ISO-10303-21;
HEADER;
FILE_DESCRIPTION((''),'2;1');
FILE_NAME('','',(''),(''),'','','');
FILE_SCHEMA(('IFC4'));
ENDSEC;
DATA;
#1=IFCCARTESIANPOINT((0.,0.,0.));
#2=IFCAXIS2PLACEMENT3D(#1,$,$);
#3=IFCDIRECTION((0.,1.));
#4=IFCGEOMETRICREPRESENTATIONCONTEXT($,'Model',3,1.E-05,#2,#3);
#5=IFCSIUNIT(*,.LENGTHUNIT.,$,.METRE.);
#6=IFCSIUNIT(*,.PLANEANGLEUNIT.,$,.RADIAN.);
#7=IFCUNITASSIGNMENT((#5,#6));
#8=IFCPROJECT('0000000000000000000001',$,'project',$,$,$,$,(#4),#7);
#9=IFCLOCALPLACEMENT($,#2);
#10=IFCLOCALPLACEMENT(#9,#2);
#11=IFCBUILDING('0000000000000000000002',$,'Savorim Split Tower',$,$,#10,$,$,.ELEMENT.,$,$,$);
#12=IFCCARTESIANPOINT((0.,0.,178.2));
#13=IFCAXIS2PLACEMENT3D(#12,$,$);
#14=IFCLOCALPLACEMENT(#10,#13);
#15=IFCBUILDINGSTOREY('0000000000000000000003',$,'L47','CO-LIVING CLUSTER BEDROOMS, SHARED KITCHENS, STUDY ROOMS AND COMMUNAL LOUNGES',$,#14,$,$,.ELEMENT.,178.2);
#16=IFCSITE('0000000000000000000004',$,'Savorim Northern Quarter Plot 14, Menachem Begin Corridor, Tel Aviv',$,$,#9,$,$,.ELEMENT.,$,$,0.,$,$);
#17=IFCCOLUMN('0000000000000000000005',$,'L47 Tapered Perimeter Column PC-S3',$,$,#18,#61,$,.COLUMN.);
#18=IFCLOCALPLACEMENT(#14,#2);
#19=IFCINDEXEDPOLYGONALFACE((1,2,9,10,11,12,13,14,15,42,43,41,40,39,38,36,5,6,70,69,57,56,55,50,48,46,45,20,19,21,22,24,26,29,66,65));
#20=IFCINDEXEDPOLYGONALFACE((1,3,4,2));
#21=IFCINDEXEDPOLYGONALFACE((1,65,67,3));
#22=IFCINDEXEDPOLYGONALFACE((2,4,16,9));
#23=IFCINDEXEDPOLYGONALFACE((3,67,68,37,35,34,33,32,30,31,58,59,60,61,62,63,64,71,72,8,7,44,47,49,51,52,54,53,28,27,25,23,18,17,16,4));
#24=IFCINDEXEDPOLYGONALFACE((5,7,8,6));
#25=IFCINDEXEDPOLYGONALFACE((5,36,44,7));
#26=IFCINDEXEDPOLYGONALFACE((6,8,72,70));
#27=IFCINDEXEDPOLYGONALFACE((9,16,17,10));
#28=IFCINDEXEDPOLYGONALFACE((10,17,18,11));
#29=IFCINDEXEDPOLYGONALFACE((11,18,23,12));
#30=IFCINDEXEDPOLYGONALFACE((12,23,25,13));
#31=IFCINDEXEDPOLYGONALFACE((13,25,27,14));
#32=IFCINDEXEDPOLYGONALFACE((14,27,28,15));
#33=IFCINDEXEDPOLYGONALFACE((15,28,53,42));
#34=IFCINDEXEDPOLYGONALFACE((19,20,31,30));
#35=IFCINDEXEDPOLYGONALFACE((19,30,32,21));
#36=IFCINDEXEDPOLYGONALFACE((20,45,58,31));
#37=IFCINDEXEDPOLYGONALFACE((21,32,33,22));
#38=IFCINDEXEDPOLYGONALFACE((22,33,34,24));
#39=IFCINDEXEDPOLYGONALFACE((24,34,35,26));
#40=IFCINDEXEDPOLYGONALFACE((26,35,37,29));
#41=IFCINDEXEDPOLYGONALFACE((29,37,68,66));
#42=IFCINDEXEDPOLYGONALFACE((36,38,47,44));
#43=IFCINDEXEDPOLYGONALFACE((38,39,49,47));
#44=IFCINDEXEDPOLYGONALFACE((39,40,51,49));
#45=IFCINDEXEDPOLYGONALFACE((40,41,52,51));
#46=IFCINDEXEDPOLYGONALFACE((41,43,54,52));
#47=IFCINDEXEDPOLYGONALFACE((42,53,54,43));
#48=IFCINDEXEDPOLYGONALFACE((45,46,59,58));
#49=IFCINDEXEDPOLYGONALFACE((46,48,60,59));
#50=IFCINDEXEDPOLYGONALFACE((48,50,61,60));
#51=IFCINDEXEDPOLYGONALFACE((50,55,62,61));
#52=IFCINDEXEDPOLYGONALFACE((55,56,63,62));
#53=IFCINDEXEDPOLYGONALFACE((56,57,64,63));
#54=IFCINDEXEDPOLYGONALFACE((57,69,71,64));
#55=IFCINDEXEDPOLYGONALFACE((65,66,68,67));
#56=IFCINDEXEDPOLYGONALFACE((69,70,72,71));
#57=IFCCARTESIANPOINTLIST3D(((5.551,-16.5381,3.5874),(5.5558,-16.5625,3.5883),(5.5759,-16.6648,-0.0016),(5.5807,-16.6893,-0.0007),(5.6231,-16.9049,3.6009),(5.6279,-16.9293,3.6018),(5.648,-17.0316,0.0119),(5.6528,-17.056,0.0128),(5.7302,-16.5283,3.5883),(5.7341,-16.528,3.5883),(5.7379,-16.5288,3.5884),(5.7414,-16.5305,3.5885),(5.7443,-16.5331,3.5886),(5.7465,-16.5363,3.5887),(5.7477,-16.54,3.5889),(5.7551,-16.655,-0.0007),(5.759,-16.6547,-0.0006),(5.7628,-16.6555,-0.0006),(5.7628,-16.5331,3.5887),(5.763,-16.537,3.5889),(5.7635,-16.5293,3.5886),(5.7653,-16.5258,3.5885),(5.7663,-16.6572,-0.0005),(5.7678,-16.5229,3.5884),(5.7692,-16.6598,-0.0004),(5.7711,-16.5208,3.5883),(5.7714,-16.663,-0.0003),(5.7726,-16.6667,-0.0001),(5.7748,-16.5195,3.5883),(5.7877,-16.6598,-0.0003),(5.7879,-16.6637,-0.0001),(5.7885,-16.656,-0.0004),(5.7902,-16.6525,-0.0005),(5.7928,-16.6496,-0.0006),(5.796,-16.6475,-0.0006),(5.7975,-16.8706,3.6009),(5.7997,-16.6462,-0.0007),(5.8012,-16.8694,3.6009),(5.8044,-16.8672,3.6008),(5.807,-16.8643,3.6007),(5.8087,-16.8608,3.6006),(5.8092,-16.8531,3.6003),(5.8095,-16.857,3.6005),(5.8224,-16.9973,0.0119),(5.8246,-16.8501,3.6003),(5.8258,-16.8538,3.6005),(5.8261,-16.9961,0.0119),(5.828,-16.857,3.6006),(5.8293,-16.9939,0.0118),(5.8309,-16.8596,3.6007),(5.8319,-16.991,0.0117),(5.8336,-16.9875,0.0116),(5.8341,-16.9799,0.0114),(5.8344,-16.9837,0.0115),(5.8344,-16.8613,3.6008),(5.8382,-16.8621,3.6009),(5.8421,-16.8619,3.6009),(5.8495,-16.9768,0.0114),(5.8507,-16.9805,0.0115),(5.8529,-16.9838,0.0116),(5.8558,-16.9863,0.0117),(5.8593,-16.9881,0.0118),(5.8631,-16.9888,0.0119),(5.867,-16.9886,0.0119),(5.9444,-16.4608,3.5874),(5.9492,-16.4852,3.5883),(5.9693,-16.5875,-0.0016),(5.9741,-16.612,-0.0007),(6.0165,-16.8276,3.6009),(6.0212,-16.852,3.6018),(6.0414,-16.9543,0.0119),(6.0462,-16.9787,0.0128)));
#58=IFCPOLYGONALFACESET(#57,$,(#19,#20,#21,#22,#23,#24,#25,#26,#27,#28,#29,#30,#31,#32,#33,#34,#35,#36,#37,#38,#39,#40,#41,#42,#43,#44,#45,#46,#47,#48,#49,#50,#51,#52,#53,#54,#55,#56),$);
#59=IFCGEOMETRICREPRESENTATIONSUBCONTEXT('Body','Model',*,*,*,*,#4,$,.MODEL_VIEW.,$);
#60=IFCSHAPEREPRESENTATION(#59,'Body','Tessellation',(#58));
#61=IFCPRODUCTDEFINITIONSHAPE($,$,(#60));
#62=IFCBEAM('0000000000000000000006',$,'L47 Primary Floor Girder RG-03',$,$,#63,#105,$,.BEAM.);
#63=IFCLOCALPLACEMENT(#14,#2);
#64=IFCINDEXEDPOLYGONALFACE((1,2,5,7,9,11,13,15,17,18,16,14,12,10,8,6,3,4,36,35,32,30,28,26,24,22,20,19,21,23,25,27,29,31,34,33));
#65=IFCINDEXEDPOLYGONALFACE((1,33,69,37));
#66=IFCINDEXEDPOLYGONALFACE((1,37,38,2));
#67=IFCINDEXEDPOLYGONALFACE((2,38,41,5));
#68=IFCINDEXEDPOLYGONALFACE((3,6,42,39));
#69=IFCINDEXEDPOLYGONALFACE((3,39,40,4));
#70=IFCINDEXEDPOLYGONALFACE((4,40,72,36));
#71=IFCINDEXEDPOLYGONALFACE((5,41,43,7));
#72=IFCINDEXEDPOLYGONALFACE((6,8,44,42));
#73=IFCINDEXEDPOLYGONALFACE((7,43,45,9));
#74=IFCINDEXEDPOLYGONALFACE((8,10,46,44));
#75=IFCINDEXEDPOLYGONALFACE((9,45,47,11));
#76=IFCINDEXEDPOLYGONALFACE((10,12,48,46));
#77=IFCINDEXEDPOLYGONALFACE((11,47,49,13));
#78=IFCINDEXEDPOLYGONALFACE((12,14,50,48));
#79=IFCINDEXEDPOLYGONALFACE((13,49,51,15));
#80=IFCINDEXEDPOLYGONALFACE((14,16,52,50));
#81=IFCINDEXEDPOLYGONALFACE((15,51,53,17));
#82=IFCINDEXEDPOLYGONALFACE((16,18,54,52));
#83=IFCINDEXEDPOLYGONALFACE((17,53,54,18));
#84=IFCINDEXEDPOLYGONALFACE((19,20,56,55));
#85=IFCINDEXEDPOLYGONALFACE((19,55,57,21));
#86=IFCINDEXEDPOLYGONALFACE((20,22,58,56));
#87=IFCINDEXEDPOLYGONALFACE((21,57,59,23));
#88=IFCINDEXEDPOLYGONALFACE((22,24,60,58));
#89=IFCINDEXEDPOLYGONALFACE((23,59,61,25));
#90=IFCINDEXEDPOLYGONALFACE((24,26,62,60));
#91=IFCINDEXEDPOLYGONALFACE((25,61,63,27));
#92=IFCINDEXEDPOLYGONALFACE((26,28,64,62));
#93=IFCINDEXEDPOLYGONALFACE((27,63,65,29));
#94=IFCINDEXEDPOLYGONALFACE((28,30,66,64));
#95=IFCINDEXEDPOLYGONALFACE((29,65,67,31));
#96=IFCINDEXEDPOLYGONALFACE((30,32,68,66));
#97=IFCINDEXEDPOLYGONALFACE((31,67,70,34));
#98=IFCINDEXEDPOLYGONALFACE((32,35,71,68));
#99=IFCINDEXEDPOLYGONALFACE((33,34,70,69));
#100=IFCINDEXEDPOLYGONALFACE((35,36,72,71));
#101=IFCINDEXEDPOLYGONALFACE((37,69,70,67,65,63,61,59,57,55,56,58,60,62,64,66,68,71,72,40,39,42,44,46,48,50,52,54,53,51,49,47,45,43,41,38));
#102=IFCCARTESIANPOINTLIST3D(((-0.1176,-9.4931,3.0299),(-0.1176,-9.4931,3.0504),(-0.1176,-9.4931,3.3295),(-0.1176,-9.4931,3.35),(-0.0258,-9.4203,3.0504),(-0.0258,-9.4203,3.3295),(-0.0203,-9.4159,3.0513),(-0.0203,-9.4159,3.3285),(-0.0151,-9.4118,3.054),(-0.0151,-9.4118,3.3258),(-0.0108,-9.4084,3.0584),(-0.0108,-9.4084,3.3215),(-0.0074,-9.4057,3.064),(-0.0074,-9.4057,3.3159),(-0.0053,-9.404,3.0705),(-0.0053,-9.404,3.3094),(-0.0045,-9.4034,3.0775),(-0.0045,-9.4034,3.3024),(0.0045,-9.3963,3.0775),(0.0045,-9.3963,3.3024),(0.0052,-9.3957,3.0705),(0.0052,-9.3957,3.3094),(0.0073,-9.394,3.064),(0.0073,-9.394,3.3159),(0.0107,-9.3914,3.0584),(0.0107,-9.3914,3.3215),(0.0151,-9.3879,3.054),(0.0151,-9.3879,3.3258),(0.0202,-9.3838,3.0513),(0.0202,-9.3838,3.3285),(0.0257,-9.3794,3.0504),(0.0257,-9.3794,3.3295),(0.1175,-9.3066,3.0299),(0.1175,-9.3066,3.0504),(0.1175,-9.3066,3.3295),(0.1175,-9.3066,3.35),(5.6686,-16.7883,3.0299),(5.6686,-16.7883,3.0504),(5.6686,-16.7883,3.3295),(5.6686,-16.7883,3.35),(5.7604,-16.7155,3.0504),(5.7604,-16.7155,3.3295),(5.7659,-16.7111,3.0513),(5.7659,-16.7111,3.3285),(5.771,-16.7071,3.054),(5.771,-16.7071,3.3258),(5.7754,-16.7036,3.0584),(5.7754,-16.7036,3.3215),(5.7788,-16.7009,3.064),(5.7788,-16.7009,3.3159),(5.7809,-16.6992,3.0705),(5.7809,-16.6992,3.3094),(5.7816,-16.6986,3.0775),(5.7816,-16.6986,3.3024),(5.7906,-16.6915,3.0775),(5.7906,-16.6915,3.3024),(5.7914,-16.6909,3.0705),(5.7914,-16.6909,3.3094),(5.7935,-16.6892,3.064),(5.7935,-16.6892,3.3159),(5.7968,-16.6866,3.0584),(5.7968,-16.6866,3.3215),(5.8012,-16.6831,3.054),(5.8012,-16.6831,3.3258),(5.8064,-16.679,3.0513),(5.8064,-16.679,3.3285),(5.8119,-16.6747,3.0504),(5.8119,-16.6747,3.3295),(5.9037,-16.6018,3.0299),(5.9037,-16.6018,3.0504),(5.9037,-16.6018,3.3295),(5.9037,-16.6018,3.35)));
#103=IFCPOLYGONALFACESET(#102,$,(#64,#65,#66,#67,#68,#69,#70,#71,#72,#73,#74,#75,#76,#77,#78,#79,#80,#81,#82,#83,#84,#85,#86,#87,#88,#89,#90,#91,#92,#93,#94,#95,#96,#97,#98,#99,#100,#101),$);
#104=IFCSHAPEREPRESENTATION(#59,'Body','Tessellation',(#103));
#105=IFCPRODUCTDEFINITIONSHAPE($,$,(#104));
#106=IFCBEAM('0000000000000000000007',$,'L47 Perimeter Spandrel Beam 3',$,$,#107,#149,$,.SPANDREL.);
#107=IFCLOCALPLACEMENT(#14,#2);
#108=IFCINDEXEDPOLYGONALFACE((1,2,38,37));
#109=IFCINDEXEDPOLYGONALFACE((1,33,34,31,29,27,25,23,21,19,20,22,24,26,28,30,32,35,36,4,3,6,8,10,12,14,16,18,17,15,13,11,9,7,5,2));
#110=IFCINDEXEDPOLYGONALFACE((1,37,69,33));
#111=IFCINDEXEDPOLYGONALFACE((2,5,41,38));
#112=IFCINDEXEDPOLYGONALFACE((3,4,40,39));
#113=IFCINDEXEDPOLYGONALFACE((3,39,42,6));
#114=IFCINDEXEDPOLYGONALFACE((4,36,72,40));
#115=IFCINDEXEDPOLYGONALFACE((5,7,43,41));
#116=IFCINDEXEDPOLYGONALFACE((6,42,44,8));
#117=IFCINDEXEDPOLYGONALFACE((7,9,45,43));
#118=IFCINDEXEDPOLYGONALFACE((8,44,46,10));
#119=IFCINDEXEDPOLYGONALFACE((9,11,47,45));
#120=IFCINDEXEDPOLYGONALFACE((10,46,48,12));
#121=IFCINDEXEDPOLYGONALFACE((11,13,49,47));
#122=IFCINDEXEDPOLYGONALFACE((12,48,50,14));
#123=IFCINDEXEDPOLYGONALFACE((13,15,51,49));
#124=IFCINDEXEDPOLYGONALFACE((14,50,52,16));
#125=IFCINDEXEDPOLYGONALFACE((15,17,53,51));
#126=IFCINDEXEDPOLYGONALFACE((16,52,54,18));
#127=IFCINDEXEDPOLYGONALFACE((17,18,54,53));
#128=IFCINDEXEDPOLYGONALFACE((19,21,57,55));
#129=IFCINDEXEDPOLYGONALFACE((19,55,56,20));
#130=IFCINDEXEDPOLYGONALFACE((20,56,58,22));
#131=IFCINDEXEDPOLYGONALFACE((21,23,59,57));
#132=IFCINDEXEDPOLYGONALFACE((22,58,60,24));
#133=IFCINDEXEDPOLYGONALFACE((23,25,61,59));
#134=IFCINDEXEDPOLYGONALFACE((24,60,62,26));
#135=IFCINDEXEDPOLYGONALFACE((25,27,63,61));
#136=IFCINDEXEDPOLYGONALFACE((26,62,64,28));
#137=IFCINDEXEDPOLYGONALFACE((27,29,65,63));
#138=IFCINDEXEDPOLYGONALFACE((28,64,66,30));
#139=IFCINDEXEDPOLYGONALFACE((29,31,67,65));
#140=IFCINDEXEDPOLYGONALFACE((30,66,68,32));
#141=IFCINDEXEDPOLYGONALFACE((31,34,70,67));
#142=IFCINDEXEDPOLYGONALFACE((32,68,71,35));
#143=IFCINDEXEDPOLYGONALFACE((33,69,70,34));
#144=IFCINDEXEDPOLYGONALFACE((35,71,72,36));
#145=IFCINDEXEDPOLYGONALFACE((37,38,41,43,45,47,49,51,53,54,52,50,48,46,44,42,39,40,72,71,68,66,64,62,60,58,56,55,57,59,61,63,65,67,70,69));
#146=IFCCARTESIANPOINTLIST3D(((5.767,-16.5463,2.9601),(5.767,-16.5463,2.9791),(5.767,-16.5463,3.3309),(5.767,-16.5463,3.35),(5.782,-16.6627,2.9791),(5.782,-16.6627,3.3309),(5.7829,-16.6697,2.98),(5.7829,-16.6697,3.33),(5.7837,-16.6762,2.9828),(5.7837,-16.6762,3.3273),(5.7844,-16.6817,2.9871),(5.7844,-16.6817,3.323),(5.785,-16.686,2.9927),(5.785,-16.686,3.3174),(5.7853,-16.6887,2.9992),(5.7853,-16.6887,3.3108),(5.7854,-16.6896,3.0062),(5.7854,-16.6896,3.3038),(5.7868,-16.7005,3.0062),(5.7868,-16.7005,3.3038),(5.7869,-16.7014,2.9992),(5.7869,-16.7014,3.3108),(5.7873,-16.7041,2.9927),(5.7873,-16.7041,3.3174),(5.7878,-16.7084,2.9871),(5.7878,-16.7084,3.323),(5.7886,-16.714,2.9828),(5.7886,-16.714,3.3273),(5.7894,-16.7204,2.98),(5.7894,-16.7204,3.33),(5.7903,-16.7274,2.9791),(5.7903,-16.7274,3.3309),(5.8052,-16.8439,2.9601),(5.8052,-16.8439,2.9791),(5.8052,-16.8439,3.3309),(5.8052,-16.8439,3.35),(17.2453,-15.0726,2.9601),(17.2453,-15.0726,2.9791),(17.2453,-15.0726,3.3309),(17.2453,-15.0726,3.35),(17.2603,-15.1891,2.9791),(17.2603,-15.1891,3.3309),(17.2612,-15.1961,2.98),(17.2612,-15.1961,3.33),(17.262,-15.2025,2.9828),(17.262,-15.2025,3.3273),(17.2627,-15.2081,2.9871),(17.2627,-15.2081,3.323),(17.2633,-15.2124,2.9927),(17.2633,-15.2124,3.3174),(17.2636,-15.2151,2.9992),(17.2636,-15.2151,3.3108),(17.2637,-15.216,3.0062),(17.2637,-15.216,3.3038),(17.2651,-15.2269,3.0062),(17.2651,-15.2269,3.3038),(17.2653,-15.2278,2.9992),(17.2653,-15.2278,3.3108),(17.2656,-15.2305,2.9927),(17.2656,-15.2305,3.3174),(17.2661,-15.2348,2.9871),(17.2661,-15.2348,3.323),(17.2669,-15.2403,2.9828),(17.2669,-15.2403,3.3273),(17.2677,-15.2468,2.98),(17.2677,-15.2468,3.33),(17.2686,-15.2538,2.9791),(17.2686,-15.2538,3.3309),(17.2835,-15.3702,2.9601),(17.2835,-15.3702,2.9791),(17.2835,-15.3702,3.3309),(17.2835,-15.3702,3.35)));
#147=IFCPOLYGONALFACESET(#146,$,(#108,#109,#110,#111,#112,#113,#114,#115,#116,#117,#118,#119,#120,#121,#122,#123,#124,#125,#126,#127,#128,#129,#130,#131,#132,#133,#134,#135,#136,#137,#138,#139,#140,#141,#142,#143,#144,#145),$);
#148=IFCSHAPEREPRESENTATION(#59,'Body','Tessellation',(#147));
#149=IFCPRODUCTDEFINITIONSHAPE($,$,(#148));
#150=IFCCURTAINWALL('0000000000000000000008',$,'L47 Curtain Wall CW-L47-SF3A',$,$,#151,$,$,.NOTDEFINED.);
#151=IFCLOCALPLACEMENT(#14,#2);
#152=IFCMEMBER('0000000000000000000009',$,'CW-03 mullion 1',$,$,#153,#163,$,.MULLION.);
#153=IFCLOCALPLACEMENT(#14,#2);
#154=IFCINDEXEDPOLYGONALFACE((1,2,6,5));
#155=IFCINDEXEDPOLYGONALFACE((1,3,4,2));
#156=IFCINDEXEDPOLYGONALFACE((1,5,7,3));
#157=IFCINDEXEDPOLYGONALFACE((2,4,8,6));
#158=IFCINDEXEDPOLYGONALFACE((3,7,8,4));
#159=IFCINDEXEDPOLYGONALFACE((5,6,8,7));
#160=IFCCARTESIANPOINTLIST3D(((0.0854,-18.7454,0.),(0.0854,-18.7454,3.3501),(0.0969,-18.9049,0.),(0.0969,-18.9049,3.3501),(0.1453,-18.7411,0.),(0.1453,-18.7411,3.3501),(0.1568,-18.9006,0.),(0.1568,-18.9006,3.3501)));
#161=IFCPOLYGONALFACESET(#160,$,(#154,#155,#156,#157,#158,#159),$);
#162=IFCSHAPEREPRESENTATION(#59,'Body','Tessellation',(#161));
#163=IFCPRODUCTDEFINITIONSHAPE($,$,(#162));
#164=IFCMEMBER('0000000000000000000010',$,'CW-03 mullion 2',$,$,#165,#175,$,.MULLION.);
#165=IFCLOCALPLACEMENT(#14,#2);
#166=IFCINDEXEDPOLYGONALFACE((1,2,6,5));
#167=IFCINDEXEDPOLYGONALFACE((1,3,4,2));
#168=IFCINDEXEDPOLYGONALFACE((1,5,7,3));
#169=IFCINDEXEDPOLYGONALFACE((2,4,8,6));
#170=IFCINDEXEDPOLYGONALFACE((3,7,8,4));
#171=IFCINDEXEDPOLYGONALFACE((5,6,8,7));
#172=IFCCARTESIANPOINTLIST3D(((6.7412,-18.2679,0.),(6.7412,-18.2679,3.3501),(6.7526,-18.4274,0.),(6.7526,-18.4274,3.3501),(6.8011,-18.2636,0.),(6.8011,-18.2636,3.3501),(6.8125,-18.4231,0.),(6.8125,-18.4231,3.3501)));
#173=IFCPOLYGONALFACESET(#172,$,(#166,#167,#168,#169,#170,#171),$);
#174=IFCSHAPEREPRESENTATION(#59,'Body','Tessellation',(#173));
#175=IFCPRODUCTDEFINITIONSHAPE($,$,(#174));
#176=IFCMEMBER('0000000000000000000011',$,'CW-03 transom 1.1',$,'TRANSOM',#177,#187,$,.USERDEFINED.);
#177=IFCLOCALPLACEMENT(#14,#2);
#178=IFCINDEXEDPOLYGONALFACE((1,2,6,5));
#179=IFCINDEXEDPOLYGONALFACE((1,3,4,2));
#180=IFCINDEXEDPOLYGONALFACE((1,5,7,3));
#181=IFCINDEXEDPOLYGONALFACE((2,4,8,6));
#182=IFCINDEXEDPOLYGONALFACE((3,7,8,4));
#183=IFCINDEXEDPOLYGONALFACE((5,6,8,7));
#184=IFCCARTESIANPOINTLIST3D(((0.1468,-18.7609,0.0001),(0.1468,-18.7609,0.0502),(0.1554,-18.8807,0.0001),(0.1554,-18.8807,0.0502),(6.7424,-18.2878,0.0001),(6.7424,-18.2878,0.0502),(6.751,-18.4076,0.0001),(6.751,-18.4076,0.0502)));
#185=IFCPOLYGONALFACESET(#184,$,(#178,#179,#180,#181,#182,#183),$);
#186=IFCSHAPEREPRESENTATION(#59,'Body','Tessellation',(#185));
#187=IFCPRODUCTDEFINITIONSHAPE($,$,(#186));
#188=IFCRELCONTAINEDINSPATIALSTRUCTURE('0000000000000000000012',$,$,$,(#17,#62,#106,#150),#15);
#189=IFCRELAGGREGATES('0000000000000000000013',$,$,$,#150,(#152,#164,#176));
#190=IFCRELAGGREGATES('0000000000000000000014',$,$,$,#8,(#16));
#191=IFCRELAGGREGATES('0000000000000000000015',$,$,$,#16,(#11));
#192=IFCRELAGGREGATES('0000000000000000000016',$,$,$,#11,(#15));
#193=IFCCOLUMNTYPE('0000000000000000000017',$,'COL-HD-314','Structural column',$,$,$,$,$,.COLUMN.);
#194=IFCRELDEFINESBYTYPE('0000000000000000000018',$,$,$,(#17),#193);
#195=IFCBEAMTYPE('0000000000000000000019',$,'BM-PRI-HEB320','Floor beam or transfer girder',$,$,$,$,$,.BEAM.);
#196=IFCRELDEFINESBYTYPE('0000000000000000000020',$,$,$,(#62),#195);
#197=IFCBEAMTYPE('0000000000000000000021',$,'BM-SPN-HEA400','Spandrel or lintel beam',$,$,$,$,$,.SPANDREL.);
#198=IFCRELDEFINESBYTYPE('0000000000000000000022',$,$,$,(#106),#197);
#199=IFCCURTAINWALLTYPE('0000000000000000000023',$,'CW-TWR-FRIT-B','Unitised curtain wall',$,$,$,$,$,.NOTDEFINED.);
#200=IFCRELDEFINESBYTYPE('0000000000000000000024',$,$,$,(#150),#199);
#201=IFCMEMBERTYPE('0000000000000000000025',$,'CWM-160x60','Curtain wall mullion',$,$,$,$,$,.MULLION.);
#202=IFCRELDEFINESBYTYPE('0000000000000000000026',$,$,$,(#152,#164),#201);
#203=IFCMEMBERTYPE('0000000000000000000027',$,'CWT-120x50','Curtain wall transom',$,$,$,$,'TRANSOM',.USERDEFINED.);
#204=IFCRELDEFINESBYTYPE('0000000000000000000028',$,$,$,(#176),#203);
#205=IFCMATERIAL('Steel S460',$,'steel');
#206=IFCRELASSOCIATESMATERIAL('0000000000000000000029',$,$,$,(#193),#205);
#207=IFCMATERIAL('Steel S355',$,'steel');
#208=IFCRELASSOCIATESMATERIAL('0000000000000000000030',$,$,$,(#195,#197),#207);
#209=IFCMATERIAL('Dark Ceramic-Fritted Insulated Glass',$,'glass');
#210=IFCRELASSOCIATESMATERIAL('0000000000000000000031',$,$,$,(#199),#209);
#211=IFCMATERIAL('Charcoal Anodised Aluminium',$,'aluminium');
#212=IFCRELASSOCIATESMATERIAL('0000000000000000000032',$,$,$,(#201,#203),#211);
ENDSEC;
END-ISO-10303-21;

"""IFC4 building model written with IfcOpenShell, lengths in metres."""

from ifc_helpers import new_model, si_unit, direction, frame, origin, origin_2d, place, context, subcontext, project, spatial, rectangle, i_section, extrude, material, material_profile, profile_set, type_object, element, aggregate, save


model = new_model("IFC4")

# Units and contexts
model_context = context("Model", 3, precision=1e-05, world=origin(), true_north=direction((0.0, 1.0)))
body_context = subcontext(model_context, "Body", "Model", "MODEL_VIEW")
ifc_project = project(units=[si_unit("LENGTHUNIT", "METRE"), si_unit("PLANEANGLEUNIT", "RADIAN")], contexts=[model_context])

# Site, building, storey
site_placement = place(None, origin())
site = spatial("IfcSite", under=ifc_project, at=site_placement, Name="Savorim Northern Quarter Plot 14, Menachem Begin Corridor, Tel Aviv", CompositionType="ELEMENT", RefElevation=0.0)
building_placement = place(site_placement, origin())
building = spatial("IfcBuilding", under=site, at=building_placement, Name="Savorim Split Tower", CompositionType="ELEMENT")
storey_placement = place(building_placement, frame((0.0, 0.0, 178.2)))
storey = spatial("IfcBuildingStorey", under=building, at=storey_placement, Name="L47", Description="CO-LIVING CLUSTER BEDROOMS, SHARED KITCHENS, STUDY ROOMS AND COMMUNAL LOUNGES", CompositionType="ELEMENT", Elevation=178.2)

# Column
ifc_material_1 = material(Name="Steel S460", Category="steel")
ifc_material_profile_1 = material_profile(ifc_material_1, i_section(OverallWidth=0.4009, OverallDepth=0.3989, WebThickness=0.0156, FlangeThickness=0.0249, FilletRadius=0.0149, at=origin_2d()), Name="HD 400x314")
ifc_profile_set_1 = profile_set([ifc_material_profile_1], Name="Steel S460")
column_type = type_object("IfcColumnType", Name="COL-HD-314", Description="Structural column", PredefinedType="COLUMN", material=ifc_profile_set_1)
column_placement = place(storey_placement, frame((5.811, -16.8218, 0.0056), z_axis=(-0.006934, 0.035283, 0.999353), x_axis=(-0.98123, -0.192843, 0.0)))
element("IfcColumn", 1, at=column_placement, inside=storey, type_object=column_type, Name="L47 Tapered Perimeter Column PC-S3", PredefinedType="COLUMN", context=body_context, shape_type="SweptSolid", body=[
    extrude(i_section(OverallWidth=0.4009, OverallDepth=0.3989, WebThickness=0.0156, FlangeThickness=0.0249, FilletRadius=0.0149, at=origin_2d()), origin(), (0.0, 0.0, 1.0), 3.5913),
])

# Beams
ifc_material_2 = material(Name="Steel S355", Category="steel")
ifc_material_profile_2 = material_profile(ifc_material_2, i_section(OverallWidth=0.3, OverallDepth=0.3201, WebThickness=0.0115, FlangeThickness=0.0205, FilletRadius=0.0271, at=origin_2d()), Name="HEB 320")
ifc_profile_set_2 = profile_set([ifc_material_profile_2], Name="Steel S355")
beam_type_1 = type_object("IfcBeamType", Name="BM-PRI-HEB320", Description="Floor beam or transfer girder", PredefinedType="BEAM", material=ifc_profile_set_2)
beam_1_placement = place(storey_placement, frame((5.7861, -16.6951, 3.1899), z_axis=(-0.621415, 0.783481, 0.0), x_axis=(-0.783481, -0.621415, 0.0)))
element("IfcBeam", 2, at=beam_1_placement, inside=storey, type_object=beam_type_1, Name="L47 Primary Floor Girder RG-03", PredefinedType="BEAM", context=body_context, shape_type="SweptSolid", body=[
    extrude(i_section(OverallWidth=0.3, OverallDepth=0.3201, WebThickness=0.0115, FlangeThickness=0.0205, FilletRadius=0.0271, at=origin_2d()), origin(), (0.0, 0.0, 1.0), 9.3113),
])
ifc_material_profile_3 = material_profile(ifc_material_2, i_section(OverallWidth=0.3, OverallDepth=0.3899, WebThickness=0.011, FlangeThickness=0.019, FilletRadius=0.0271, at=origin_2d()), Name="HEA 400")
ifc_profile_set_3 = profile_set([ifc_material_profile_3], Name="Steel S355")
beam_type_2 = type_object("IfcBeamType", Name="BM-SPN-HEA400", Description="Spandrel or lintel beam", PredefinedType="SPANDREL", material=ifc_profile_set_3)
beam_2_placement = place(storey_placement, frame((5.7861, -16.6951, 3.155), z_axis=(0.991859, 0.127339, 0.0), x_axis=(-0.127339, 0.991859, 0.0)))
element("IfcBeam", 3, at=beam_2_placement, inside=storey, type_object=beam_type_2, Name="L47 Perimeter Spandrel Beam 3", PredefinedType="SPANDREL", context=body_context, shape_type="SweptSolid", body=[
    extrude(i_section(OverallWidth=0.3, OverallDepth=0.3899, WebThickness=0.011, FlangeThickness=0.019, FilletRadius=0.0271, at=origin_2d()), origin(), (0.0, 0.0, 1.0), 11.5725),
])

# Curtain wall, members
ifc_material_3 = material(Name="Dark Ceramic-Fritted Insulated Glass", Category="glass")
curtain_wall_type = type_object("IfcCurtainWallType", Name="CW-TWR-FRIT-B", Description="Unitised curtain wall", PredefinedType="NOTDEFINED", material=ifc_material_3)
curtain_wall_placement = place(storey_placement, origin())
curtain_wall = element("IfcCurtainWall", 4, at=curtain_wall_placement, inside=storey, type_object=curtain_wall_type, Name="L47 Curtain Wall CW-L47-SF3A", PredefinedType="NOTDEFINED")
ifc_material_4 = material(Name="Charcoal Anodised Aluminium", Category="aluminium")
ifc_material_profile_4 = material_profile(ifc_material_4, rectangle(XDim=0.1599, YDim=0.0601, at=origin_2d()), Name="ALU-M 160x60")
ifc_profile_set_4 = profile_set([ifc_material_profile_4], Name="Charcoal Anodised Aluminium")
member_type_1 = type_object("IfcMemberType", Name="CWM-160x60", Description="Curtain wall mullion", PredefinedType="MULLION", material=ifc_profile_set_4)
member_1_placement = place(storey_placement, frame((0.1211, -18.823, 0.0), z_axis=(0.0, 0.0, 1.0), x_axis=(-0.071559, 0.997436, 0.0)))
member_1 = element("IfcMember", 5, at=member_1_placement, type_object=member_type_1, Name="CW-03 mullion 1", PredefinedType="MULLION", context=body_context, shape_type="SweptSolid", body=[
    extrude(rectangle(XDim=0.1599, YDim=0.0601, at=origin_2d()), origin(), (0.0, 0.0, 1.0), 3.3501),
])
member_2_placement = place(storey_placement, frame((6.7769, -18.3455, 0.0), z_axis=(0.0, 0.0, 1.0), x_axis=(-0.071559, 0.997436, 0.0)))
member_2 = element("IfcMember", 6, at=member_2_placement, type_object=member_type_1, Name="CW-03 mullion 2", PredefinedType="MULLION", context=body_context, shape_type="SweptSolid", body=[
    extrude(rectangle(XDim=0.1599, YDim=0.0601, at=origin_2d()), origin(), (0.0, 0.0, 1.0), 3.3501),
])
ifc_material_profile_5 = material_profile(ifc_material_4, rectangle(XDim=0.1201, YDim=0.05, at=origin_2d()), Name="ALU-T 120x50")
ifc_profile_set_5 = profile_set([ifc_material_profile_5], Name="Charcoal Anodised Aluminium")
member_type_2 = type_object("IfcMemberType", Name="CWT-120x50", Description="Curtain wall transom", ElementType="TRANSOM", PredefinedType="USERDEFINED", material=ifc_profile_set_5)
member_3_placement = place(storey_placement, frame((0.1511, -18.8208, 0.0251), z_axis=(0.997437, 0.071551, 0.0), x_axis=(-0.071551, 0.997437, 0.0)))
member_3 = element("IfcMember", 7, at=member_3_placement, type_object=member_type_2, Name="CW-03 transom 1.1", ObjectType="TRANSOM", PredefinedType="USERDEFINED", context=body_context, shape_type="SweptSolid", body=[
    extrude(rectangle(XDim=0.1201, YDim=0.05, at=origin_2d()), origin(), (0.0, 0.0, 1.0), 6.6125),
])
aggregate(curtain_wall, [member_1, member_2, member_3])

save(model, "model.ifc")
